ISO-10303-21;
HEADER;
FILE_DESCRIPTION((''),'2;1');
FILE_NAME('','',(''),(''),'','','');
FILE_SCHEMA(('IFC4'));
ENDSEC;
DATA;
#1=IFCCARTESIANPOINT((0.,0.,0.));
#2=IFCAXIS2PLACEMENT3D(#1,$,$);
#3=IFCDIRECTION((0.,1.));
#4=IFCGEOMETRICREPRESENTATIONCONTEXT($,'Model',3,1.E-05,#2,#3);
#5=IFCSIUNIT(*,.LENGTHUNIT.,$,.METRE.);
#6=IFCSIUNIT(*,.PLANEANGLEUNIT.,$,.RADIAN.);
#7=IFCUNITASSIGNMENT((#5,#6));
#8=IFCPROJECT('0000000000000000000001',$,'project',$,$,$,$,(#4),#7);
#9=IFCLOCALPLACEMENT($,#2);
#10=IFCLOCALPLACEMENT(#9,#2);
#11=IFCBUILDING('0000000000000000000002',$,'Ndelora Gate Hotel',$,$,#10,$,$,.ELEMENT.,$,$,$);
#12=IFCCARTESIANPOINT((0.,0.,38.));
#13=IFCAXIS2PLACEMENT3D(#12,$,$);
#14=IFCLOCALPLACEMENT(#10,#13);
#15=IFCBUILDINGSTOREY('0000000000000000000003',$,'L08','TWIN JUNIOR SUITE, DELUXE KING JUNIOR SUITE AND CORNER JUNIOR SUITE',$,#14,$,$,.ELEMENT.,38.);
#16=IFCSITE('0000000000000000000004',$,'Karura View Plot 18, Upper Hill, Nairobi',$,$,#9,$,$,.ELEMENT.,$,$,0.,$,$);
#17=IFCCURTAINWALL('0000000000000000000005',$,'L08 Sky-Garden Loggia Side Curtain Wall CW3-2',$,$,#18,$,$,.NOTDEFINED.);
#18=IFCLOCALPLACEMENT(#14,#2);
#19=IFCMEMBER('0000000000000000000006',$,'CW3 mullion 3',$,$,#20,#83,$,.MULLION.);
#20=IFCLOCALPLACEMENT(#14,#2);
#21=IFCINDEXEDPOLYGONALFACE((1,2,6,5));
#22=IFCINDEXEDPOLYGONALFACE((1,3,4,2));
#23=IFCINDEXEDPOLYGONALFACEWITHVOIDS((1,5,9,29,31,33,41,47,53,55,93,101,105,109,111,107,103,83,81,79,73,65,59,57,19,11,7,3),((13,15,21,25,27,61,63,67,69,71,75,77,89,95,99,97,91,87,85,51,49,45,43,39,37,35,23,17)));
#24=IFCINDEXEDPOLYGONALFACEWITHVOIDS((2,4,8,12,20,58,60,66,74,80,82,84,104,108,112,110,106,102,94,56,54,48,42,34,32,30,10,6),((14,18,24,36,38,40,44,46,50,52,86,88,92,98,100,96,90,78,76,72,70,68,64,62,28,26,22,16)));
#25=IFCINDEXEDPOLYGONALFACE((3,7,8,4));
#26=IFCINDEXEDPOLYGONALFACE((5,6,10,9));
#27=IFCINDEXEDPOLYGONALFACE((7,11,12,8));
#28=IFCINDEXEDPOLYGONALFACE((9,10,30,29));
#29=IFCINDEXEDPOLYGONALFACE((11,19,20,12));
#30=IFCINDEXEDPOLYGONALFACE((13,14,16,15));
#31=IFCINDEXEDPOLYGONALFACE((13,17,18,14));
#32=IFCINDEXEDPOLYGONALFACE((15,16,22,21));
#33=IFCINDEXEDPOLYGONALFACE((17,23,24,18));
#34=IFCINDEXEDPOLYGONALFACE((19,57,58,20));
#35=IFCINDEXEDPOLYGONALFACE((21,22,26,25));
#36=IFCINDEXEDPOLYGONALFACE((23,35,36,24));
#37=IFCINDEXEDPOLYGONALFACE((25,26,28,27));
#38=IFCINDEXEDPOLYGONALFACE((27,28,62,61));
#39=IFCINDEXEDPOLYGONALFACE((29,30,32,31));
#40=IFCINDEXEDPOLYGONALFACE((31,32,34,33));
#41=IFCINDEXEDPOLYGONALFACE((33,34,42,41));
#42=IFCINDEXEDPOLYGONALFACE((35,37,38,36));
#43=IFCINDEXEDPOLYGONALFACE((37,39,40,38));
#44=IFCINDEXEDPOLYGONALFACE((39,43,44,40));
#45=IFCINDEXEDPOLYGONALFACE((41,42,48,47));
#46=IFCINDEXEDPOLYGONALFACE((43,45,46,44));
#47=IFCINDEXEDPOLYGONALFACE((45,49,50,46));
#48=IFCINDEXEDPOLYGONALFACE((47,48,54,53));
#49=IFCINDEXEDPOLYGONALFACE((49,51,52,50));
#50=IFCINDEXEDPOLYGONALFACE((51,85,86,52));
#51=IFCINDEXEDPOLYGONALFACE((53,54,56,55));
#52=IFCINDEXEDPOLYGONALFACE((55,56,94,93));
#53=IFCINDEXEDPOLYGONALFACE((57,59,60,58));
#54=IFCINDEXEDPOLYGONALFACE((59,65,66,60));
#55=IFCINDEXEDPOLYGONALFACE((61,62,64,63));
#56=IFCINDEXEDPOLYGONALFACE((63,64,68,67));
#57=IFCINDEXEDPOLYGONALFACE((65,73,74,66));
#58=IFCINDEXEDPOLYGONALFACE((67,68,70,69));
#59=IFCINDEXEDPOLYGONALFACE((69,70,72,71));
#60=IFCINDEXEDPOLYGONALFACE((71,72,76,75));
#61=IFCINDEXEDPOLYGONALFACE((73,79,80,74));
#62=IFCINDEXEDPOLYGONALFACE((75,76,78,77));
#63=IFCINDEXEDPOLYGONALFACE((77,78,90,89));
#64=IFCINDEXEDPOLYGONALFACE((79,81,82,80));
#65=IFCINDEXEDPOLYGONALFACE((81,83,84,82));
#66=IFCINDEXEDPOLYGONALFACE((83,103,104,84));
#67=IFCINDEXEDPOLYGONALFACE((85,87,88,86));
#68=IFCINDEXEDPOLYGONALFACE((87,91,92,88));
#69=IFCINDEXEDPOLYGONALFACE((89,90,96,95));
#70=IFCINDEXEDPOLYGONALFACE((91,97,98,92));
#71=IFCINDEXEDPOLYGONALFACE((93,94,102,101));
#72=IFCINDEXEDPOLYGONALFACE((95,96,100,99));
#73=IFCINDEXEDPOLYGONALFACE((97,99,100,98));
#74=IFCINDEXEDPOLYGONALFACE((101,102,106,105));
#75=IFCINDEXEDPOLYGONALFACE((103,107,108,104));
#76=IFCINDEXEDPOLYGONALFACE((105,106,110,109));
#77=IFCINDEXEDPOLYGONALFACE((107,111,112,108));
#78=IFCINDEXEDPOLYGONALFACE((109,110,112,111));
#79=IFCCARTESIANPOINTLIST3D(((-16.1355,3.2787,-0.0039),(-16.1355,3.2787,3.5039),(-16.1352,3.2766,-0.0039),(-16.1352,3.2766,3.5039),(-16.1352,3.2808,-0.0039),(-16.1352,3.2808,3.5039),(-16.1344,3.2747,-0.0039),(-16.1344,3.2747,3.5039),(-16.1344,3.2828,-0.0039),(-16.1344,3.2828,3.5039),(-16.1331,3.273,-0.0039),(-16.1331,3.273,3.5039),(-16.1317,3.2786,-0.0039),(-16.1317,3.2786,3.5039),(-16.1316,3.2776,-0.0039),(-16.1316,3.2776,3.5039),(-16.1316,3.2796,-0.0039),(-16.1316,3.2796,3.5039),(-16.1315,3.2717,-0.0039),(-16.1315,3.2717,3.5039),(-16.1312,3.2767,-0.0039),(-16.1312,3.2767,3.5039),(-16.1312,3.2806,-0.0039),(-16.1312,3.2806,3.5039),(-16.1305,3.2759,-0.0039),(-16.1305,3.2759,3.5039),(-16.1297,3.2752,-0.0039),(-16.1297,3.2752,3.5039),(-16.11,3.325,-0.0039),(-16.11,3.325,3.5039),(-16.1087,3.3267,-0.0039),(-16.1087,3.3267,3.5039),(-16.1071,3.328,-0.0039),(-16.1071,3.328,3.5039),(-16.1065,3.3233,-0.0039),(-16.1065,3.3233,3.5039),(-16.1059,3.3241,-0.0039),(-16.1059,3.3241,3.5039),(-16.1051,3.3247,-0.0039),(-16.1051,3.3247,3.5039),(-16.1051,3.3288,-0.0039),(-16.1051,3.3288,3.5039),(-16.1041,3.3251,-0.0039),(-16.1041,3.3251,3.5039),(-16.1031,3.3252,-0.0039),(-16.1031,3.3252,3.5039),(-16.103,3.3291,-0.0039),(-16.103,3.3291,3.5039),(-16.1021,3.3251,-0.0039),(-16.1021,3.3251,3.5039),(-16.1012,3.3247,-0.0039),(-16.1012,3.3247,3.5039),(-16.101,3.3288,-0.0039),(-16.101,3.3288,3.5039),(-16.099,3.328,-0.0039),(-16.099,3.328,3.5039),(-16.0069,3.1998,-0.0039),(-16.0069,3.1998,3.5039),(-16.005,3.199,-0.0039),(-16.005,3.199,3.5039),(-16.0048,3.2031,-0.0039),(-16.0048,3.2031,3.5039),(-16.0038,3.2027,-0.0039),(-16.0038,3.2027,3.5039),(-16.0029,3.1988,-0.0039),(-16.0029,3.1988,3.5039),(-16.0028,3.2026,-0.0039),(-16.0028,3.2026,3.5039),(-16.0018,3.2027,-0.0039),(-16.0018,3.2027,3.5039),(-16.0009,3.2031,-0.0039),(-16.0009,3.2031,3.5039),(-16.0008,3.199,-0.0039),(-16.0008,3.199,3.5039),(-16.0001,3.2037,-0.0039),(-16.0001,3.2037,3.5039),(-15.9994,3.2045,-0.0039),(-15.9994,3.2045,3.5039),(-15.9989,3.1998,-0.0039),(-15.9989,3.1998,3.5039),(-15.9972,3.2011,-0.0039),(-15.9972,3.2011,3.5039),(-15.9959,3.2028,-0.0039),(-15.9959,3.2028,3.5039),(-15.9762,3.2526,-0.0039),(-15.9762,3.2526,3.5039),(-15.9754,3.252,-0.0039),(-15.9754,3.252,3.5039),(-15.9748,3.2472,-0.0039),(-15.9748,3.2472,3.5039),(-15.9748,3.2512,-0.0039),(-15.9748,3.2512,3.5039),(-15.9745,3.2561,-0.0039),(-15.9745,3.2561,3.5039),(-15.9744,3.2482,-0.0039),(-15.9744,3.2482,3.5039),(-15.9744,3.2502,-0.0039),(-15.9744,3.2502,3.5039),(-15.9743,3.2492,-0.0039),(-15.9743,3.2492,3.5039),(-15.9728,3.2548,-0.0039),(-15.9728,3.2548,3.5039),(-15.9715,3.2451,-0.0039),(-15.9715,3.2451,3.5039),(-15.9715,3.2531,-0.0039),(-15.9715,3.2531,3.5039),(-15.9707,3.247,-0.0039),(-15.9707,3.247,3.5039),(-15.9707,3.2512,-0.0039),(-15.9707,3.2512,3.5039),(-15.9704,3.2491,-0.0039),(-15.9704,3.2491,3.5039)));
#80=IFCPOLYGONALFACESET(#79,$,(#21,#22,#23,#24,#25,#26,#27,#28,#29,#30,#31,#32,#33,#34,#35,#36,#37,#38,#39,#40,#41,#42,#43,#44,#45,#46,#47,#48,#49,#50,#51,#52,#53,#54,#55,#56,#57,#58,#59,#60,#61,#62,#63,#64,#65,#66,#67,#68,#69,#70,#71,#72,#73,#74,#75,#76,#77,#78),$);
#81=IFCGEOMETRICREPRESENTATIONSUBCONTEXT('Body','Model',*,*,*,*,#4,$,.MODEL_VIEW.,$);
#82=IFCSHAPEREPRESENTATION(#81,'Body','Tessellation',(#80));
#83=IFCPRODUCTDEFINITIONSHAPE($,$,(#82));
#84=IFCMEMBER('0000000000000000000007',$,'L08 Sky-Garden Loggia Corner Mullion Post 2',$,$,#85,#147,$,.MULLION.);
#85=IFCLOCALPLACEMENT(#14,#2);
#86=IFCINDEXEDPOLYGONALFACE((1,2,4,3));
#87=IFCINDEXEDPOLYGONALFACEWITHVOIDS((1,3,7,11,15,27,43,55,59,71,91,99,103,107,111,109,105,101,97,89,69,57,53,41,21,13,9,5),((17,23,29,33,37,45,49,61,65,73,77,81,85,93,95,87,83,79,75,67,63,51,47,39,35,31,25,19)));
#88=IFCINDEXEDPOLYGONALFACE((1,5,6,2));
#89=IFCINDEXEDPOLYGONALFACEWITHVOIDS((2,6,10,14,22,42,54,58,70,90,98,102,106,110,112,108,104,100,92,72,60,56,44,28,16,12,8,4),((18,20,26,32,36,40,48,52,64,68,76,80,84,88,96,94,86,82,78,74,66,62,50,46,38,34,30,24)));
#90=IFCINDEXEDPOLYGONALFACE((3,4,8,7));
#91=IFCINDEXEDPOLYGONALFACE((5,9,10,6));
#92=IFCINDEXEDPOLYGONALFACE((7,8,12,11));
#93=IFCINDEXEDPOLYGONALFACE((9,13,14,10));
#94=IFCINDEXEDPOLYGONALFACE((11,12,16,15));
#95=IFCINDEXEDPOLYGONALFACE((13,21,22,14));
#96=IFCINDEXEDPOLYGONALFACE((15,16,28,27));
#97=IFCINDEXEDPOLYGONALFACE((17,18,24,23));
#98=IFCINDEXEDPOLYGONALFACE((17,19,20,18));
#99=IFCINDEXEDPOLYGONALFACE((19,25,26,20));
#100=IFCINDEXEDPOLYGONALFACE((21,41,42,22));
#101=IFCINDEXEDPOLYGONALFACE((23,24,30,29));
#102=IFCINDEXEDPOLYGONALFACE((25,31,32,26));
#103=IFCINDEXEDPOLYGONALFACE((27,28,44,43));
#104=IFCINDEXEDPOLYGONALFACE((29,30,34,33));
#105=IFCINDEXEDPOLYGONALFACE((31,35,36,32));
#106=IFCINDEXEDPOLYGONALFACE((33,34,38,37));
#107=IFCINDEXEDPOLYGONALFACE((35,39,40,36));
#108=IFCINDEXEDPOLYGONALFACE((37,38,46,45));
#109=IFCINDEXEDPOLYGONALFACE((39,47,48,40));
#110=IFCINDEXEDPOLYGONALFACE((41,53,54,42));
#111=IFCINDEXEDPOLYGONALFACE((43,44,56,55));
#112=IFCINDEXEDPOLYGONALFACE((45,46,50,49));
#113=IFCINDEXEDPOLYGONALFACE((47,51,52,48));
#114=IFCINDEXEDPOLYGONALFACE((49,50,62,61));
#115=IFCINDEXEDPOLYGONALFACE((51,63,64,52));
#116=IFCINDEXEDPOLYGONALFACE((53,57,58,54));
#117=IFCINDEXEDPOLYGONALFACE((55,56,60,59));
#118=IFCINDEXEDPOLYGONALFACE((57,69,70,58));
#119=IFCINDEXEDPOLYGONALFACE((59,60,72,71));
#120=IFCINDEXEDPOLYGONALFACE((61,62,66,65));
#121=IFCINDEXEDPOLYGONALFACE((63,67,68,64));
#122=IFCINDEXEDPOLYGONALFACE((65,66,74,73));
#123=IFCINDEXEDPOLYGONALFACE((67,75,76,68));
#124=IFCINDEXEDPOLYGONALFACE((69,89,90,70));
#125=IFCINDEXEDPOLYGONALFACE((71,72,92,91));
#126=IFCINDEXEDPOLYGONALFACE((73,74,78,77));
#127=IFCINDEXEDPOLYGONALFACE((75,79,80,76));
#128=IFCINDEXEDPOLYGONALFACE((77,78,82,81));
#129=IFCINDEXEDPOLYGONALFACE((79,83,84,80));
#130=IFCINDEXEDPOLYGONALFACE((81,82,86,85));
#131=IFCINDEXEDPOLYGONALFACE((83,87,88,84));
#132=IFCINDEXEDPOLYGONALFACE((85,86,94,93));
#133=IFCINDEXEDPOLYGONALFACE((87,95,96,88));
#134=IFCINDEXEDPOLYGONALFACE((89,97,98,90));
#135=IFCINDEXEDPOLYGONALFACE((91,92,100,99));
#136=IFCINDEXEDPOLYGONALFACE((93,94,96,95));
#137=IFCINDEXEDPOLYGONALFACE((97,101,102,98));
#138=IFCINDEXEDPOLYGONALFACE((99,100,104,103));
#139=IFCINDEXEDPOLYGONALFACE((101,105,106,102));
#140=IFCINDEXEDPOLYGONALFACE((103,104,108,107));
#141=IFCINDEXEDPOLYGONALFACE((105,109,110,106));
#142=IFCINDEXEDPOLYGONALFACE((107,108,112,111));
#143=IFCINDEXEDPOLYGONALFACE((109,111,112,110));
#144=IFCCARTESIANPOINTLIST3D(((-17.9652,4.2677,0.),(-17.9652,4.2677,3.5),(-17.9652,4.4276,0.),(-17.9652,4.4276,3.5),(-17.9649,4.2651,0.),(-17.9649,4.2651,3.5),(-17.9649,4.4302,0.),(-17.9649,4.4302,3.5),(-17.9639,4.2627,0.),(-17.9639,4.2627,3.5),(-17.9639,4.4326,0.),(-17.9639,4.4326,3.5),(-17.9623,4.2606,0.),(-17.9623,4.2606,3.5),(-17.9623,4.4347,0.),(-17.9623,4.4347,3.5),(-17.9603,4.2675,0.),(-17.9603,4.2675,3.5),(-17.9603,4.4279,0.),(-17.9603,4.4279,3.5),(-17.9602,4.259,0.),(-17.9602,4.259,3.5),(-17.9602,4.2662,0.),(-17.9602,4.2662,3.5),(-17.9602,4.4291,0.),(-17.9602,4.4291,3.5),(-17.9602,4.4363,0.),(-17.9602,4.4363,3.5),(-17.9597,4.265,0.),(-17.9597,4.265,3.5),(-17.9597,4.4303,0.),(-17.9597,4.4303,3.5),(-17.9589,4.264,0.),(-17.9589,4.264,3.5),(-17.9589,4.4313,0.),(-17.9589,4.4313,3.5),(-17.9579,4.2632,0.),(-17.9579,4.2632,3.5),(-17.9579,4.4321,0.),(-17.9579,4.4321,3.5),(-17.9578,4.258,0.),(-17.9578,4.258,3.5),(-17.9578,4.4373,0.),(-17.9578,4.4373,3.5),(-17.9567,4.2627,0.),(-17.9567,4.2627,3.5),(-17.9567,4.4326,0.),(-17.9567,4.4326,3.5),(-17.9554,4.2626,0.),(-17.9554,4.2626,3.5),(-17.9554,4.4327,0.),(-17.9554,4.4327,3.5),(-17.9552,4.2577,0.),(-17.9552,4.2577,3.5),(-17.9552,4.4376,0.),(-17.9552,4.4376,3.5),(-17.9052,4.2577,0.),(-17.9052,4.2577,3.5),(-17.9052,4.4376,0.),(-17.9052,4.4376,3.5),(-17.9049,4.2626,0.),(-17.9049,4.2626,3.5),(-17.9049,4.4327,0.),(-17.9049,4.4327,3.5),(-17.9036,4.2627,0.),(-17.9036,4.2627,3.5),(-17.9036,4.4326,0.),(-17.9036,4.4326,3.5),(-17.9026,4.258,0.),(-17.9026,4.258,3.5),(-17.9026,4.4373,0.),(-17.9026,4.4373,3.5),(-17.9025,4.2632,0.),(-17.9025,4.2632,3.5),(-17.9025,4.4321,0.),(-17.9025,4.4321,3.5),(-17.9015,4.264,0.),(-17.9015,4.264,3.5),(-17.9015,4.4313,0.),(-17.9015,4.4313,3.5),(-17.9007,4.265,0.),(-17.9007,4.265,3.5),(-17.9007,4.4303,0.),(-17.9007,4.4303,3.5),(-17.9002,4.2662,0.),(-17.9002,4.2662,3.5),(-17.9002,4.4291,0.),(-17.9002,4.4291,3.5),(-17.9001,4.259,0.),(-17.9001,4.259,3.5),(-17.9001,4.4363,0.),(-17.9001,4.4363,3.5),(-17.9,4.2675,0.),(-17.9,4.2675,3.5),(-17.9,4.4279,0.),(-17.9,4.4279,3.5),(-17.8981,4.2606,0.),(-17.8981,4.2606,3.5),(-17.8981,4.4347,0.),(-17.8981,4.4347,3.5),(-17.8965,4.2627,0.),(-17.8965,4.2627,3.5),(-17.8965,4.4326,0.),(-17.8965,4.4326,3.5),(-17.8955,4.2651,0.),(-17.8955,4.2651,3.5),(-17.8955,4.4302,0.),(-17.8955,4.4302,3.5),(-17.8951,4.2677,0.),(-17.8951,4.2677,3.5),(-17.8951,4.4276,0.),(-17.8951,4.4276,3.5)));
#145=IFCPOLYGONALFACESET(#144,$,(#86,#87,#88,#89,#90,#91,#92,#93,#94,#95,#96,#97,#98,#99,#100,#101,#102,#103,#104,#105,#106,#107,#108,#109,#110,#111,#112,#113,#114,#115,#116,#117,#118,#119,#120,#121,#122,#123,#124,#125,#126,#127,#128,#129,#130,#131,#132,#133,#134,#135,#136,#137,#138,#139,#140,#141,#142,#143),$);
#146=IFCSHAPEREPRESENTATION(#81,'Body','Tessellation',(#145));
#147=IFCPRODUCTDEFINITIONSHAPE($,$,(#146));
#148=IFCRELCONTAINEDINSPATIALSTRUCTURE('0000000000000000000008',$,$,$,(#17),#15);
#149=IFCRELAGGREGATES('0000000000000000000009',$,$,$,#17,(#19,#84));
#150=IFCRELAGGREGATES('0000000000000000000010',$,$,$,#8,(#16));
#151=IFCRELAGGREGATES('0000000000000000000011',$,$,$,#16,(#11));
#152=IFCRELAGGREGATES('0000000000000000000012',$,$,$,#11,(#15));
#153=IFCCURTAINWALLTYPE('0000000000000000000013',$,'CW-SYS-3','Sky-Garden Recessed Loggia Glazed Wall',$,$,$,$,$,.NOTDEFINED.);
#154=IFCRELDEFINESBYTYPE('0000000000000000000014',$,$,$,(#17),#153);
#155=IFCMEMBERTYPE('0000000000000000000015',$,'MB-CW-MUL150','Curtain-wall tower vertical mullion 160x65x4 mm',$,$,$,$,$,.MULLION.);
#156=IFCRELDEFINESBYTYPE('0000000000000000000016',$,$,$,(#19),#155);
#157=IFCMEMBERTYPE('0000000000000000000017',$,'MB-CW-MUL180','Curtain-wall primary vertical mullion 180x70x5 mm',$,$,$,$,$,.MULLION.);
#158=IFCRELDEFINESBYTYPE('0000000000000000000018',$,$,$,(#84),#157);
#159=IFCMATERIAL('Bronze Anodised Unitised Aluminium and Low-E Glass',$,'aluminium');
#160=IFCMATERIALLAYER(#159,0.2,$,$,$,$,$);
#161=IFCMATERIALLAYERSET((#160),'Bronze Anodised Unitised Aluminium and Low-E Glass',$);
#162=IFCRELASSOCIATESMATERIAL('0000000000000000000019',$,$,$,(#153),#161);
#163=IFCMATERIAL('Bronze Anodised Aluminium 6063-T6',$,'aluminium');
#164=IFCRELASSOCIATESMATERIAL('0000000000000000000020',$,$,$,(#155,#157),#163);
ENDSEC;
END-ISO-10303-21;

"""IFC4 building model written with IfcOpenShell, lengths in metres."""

from ifc_helpers import new_model, si_unit, direction, frame, origin, origin_2d, place, context, subcontext, project, spatial, hollow_rectangle, extrude, material, layer, layer_set, material_profile, profile_set, type_object, element, aggregate, save


model = new_model("IFC4")

# Units and contexts
model_context = context("Model", 3, precision=1e-05, world=origin(), true_north=direction((0.0, 1.0)))
body_context = subcontext(model_context, "Body", "Model", "MODEL_VIEW")
ifc_project = project(units=[si_unit("LENGTHUNIT", "METRE"), si_unit("PLANEANGLEUNIT", "RADIAN")], contexts=[model_context])

# Site, building, storey
site_placement = place(None, origin())
site = spatial("IfcSite", under=ifc_project, at=site_placement, Name="Karura View Plot 18, Upper Hill, Nairobi", CompositionType="ELEMENT", RefElevation=0.0)
building_placement = place(site_placement, origin())
building = spatial("IfcBuilding", under=site, at=building_placement, Name="Ndelora Gate Hotel", CompositionType="ELEMENT")
storey_placement = place(building_placement, frame((0.0, 0.0, 38.0)))
storey = spatial("IfcBuildingStorey", under=building, at=storey_placement, Name="L08", Description="TWIN JUNIOR SUITE, DELUXE KING JUNIOR SUITE AND CORNER JUNIOR SUITE", CompositionType="ELEMENT", Elevation=38.0)

# Curtain wall, members
ifc_material_1 = material(Name="Bronze Anodised Unitised Aluminium and Low-E Glass", Category="aluminium")
ifc_layer_1 = layer(ifc_material_1, 0.2)
ifc_layer_set_1 = layer_set([ifc_layer_1], Name="Bronze Anodised Unitised Aluminium and Low-E Glass")
curtain_wall_type = type_object("IfcCurtainWallType", Name="CW-SYS-3", Description="Sky-Garden Recessed Loggia Glazed Wall", PredefinedType="NOTDEFINED", material=ifc_layer_set_1)
curtain_wall_placement = place(storey_placement, origin())
curtain_wall = element("IfcCurtainWall", 1, at=curtain_wall_placement, inside=storey, type_object=curtain_wall_type, Name="L08 Sky-Garden Loggia Side Curtain Wall CW3-2", PredefinedType="NOTDEFINED")
ifc_material_2 = material(Name="Bronze Anodised Aluminium 6063-T6", Category="aluminium")
ifc_material_profile_1 = material_profile(ifc_material_2, hollow_rectangle(XDim=0.0649, YDim=0.1599, WallThickness=0.0039, InnerFilletRadius=0.0039, OuterFilletRadius=0.0081, at=origin_2d()), Name="ALU 160x65x4")
ifc_profile_set_1 = profile_set([ifc_material_profile_1], Name="Bronze Anodised Aluminium 6063-T6")
member_type_1 = type_object("IfcMemberType", Name="MB-CW-MUL150", Description="Curtain-wall tower vertical mullion 160x65x4 mm", PredefinedType="MULLION", material=ifc_profile_set_1)
member_1_placement = place(storey_placement, frame((-16.053, 3.2639, -0.0039), z_axis=(0.0, 0.0, 1.0), x_axis=(0.499991, 0.86603, 0.0)))
member_1 = element("IfcMember", 2, at=member_1_placement, type_object=member_type_1, Name="CW3 mullion 3", PredefinedType="MULLION", context=body_context, shape_type="SweptSolid", body=[
    extrude(hollow_rectangle(XDim=0.0649, YDim=0.1599, WallThickness=0.0039, InnerFilletRadius=0.0039, OuterFilletRadius=0.0081, at=origin_2d()), origin(), (0.0, 0.0, 1.0), 3.5078),
])
ifc_material_profile_2 = material_profile(ifc_material_2, hollow_rectangle(XDim=0.0701, YDim=0.1799, WallThickness=0.0049, InnerFilletRadius=0.0049, OuterFilletRadius=0.01, at=origin_2d()), Name="ALU 180x70x5")
ifc_profile_set_2 = profile_set([ifc_material_profile_2], Name="Bronze Anodised Aluminium 6063-T6")
member_type_2 = type_object("IfcMemberType", Name="MB-CW-MUL180", Description="Curtain-wall primary vertical mullion 180x70x5 mm", PredefinedType="MULLION", material=ifc_profile_set_2)
member_2_placement = place(storey_placement, frame((-17.9302, 4.3477, 0.0), z_axis=(0.0, 0.0, 1.0), x_axis=(1.0, 0.0, 0.0)))
member_2 = element("IfcMember", 3, at=member_2_placement, type_object=member_type_2, Name="L08 Sky-Garden Loggia Corner Mullion Post 2", PredefinedType="MULLION", context=body_context, shape_type="SweptSolid", body=[
    extrude(hollow_rectangle(XDim=0.0701, YDim=0.1799, WallThickness=0.0049, InnerFilletRadius=0.0049, OuterFilletRadius=0.01, at=origin_2d()), origin(), (0.0, 0.0, 1.0), 3.5),
])
aggregate(curtain_wall, [member_1, member_2])

save(model, "model.ifc")
